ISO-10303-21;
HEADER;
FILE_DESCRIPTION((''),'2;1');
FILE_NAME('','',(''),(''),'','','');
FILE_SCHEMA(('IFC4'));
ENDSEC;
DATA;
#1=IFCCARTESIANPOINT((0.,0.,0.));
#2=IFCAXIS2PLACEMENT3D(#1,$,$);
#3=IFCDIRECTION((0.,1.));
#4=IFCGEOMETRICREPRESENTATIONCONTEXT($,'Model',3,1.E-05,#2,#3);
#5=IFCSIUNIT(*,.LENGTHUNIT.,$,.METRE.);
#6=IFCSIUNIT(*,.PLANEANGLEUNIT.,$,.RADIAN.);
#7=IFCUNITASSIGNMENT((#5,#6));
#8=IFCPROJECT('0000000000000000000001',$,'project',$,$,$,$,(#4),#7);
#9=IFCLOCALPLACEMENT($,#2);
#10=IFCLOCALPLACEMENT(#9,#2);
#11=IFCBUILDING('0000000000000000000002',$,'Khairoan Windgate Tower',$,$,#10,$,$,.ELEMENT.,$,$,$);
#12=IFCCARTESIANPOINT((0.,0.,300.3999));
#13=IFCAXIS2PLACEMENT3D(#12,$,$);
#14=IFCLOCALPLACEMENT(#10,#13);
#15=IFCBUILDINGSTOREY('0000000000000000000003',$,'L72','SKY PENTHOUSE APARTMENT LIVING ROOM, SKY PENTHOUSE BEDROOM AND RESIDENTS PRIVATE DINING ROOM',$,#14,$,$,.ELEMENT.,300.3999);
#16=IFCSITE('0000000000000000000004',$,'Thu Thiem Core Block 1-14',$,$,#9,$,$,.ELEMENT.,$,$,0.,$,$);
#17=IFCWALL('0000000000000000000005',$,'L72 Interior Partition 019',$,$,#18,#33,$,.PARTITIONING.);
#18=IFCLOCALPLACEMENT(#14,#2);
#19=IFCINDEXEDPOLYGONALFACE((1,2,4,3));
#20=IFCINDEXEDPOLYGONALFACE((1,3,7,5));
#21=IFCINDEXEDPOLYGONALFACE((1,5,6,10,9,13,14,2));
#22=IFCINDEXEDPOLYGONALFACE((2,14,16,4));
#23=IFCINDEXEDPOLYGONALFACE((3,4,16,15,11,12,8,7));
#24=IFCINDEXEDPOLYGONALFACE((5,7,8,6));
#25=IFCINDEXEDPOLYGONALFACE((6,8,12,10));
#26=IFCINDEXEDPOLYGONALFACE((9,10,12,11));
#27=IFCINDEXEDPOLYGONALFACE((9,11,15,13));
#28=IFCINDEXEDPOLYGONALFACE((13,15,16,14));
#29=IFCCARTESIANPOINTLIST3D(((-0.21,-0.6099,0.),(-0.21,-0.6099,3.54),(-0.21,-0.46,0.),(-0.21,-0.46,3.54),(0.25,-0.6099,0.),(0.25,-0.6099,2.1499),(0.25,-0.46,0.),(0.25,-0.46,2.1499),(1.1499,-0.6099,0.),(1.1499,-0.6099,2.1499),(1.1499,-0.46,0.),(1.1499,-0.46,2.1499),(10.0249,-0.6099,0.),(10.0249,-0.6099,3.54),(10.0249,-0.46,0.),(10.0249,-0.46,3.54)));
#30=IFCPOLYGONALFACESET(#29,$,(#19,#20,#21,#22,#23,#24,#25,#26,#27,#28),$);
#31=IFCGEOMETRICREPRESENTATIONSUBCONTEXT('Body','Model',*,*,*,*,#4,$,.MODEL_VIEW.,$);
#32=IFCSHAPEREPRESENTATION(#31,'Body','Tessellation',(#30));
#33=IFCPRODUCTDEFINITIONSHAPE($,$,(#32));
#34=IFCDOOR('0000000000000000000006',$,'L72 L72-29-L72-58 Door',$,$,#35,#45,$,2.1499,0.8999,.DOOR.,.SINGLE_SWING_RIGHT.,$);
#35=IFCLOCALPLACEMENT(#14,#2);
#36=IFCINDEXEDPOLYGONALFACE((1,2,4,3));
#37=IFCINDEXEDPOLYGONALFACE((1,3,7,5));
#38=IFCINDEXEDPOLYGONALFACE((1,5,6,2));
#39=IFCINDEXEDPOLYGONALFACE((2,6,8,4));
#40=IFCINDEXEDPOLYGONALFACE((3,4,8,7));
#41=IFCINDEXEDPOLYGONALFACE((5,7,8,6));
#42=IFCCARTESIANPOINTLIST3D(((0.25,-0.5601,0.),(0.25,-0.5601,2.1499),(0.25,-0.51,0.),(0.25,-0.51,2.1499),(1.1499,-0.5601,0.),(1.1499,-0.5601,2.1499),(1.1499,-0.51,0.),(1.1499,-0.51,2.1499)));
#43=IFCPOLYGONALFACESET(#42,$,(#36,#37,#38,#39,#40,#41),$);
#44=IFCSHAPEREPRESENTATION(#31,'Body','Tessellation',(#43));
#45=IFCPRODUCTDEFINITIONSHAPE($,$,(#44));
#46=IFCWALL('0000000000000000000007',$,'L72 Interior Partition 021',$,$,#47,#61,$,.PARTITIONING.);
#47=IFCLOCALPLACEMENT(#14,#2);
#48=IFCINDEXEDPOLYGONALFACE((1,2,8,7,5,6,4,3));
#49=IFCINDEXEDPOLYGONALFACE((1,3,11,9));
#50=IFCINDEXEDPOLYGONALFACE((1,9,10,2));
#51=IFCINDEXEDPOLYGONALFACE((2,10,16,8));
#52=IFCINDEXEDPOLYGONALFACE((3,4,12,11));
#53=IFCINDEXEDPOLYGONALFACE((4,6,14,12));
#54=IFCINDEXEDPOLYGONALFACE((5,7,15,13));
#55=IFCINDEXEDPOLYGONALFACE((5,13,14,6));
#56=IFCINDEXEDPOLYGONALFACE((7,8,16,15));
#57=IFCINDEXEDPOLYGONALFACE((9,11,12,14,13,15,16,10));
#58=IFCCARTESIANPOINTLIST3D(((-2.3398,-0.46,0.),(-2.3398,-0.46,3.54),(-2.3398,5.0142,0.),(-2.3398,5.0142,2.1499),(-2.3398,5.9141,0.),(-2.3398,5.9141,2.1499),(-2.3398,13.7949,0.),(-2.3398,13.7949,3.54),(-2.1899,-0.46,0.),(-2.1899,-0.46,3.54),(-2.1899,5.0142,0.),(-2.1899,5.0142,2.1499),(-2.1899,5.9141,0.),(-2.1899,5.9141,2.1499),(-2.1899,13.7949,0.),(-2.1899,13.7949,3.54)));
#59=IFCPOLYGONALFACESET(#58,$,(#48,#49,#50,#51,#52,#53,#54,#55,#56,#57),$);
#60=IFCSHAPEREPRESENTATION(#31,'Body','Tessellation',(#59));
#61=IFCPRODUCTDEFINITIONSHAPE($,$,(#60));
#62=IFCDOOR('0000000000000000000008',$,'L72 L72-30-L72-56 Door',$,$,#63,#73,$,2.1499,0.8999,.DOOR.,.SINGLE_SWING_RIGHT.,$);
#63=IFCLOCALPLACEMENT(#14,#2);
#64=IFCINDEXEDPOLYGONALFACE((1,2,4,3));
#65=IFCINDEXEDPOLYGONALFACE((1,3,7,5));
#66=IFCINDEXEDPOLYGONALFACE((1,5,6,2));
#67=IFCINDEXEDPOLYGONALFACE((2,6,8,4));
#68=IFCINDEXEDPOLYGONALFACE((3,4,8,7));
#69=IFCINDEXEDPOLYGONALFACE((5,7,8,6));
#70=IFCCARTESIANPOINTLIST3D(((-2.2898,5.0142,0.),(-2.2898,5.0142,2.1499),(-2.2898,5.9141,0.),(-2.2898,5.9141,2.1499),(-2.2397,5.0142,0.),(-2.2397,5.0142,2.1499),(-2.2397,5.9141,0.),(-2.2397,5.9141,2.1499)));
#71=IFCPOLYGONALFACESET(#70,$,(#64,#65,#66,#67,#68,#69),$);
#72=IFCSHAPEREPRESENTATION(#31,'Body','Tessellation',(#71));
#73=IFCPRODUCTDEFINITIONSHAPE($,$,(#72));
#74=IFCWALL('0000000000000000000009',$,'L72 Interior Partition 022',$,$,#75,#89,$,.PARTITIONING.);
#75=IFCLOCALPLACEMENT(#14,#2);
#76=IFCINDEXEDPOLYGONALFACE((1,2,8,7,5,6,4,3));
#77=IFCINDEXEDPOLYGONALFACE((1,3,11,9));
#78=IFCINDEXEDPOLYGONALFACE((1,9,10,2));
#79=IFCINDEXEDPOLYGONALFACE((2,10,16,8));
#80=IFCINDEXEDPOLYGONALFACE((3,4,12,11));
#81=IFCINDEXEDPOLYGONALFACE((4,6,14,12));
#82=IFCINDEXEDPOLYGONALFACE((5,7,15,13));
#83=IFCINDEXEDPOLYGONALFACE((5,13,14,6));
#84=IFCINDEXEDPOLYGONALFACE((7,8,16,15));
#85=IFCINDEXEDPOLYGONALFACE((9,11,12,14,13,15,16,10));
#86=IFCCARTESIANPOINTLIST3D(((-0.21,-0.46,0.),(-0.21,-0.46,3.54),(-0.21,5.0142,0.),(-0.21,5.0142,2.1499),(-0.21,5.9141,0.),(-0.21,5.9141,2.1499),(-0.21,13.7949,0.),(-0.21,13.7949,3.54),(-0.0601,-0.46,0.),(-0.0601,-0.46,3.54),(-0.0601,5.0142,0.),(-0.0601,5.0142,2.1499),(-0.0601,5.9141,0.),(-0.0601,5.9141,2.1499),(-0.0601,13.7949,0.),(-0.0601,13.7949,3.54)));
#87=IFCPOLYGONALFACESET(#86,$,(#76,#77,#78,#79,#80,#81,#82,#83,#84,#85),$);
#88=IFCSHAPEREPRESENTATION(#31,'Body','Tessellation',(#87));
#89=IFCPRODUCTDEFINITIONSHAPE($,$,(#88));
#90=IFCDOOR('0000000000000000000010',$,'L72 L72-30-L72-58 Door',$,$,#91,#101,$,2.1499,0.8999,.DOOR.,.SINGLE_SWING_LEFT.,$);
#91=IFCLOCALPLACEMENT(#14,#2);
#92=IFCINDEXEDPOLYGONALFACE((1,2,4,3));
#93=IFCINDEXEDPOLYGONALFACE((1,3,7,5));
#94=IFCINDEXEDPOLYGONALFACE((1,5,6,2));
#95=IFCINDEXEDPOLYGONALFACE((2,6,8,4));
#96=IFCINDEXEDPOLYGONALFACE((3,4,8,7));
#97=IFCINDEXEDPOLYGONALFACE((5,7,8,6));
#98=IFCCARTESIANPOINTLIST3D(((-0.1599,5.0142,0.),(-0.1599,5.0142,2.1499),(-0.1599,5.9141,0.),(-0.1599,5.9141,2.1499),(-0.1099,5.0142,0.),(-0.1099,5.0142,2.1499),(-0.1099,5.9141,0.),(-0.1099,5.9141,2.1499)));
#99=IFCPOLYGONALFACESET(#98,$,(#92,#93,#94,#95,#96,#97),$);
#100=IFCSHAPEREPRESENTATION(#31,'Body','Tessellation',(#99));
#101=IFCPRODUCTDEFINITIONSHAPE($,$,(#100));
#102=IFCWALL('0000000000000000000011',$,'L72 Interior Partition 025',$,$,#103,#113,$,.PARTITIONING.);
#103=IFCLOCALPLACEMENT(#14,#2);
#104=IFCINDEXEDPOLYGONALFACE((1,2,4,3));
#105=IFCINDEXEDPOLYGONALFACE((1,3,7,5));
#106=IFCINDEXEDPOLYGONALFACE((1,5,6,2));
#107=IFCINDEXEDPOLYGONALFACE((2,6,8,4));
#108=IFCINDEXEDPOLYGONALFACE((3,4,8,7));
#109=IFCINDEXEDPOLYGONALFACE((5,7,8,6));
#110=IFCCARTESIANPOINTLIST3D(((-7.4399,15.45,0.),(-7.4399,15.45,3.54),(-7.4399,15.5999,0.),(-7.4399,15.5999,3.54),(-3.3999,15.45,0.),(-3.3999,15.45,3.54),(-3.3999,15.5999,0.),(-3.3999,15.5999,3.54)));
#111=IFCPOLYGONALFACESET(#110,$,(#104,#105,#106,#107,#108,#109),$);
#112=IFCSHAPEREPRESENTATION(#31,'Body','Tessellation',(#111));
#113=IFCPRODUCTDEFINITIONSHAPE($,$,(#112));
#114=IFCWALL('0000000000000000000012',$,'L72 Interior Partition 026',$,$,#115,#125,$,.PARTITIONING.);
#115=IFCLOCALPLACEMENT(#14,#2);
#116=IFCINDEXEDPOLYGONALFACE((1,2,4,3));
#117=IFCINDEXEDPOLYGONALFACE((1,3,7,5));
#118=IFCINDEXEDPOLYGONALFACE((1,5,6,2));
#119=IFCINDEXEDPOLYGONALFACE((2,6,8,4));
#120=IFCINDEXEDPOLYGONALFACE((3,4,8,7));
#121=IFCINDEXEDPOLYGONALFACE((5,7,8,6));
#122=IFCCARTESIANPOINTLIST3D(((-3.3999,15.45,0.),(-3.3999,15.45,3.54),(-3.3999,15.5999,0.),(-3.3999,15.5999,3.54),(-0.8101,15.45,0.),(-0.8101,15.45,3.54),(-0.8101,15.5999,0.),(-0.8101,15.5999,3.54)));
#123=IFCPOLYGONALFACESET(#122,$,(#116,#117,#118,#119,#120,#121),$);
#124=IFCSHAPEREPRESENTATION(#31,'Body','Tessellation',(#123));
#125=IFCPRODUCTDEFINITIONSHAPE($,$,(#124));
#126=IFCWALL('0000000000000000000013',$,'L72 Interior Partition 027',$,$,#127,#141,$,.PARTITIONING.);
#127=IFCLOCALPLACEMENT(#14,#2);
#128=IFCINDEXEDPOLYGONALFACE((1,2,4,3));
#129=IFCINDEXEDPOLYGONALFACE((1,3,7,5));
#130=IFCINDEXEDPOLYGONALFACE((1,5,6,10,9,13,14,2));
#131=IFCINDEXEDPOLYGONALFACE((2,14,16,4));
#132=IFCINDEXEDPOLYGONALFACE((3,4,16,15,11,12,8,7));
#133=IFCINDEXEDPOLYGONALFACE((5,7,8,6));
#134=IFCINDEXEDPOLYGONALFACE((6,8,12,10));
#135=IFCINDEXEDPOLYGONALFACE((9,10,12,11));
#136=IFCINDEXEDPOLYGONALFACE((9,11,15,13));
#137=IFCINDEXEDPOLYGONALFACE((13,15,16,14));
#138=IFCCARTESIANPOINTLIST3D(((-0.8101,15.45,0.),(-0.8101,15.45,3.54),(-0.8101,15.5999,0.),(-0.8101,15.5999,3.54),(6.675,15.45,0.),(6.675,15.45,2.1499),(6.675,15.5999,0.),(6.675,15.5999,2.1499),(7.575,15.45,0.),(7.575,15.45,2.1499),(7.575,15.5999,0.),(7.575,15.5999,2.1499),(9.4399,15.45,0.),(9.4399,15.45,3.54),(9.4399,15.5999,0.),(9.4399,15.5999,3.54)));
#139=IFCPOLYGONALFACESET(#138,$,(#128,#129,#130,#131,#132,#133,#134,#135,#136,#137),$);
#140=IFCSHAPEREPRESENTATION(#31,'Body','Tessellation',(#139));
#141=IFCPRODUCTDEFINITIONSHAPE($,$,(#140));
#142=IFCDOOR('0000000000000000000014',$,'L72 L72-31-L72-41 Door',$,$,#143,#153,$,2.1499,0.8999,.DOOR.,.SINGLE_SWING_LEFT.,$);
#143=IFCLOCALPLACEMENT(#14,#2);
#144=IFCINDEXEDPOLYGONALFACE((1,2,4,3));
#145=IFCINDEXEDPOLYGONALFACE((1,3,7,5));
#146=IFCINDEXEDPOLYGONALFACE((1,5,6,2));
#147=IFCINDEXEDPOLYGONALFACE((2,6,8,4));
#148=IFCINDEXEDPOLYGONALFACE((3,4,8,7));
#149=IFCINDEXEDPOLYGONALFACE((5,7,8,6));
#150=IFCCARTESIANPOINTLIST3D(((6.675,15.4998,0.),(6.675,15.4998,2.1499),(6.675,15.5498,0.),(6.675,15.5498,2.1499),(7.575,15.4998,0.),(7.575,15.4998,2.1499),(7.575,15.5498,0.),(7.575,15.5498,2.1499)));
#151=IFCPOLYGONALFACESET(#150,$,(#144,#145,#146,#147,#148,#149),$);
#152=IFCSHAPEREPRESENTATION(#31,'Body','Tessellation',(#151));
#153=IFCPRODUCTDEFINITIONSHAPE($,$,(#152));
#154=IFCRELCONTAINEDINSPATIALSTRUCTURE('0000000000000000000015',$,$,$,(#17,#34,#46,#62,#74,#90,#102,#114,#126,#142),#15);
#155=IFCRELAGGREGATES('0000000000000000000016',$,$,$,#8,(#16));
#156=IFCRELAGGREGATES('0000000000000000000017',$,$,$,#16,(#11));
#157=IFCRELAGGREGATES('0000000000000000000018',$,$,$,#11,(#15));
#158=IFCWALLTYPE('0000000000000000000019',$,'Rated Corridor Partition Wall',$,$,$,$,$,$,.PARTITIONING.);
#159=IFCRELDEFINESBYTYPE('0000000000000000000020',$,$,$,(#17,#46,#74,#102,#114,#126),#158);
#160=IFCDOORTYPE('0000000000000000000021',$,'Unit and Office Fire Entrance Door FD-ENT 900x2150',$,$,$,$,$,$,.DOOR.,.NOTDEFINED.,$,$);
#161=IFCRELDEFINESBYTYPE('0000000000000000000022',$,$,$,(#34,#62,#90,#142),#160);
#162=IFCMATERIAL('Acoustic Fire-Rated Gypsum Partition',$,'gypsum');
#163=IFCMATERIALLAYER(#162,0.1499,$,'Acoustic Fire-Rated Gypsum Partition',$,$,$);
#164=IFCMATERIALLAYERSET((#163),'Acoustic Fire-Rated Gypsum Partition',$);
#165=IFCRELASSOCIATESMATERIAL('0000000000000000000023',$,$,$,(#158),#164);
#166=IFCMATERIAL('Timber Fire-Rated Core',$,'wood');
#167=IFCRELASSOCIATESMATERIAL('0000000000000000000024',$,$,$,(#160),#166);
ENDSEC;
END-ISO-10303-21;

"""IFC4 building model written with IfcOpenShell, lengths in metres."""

from ifc_helpers import new_model, si_unit, direction, frame, frame_2d, origin, place, context, subcontext, project, spatial, rectangle, extrude, material, layer, layer_set, type_object, element, fill, save


model = new_model("IFC4")

# Units and contexts
model_context = context("Model", 3, precision=1e-05, world=origin(), true_north=direction((0.0, 1.0)))
body_context = subcontext(model_context, "Body", "Model", "MODEL_VIEW")
ifc_project = project(units=[si_unit("LENGTHUNIT", "METRE"), si_unit("PLANEANGLEUNIT", "RADIAN")], contexts=[model_context])

# Site, building, storey
site_placement = place(None, origin())
site = spatial("IfcSite", under=ifc_project, at=site_placement, Name="Thu Thiem Core Block 1-14", CompositionType="ELEMENT", RefElevation=0.0)
building_placement = place(site_placement, origin())
building = spatial("IfcBuilding", under=site, at=building_placement, Name="Khairoan Windgate Tower", CompositionType="ELEMENT")
storey_placement = place(building_placement, frame((0.0, 0.0, 300.3999)))
storey = spatial("IfcBuildingStorey", under=building, at=storey_placement, Name="L72", Description="SKY PENTHOUSE APARTMENT LIVING ROOM, SKY PENTHOUSE BEDROOM AND RESIDENTS PRIVATE DINING ROOM", CompositionType="ELEMENT", Elevation=300.3999)

# Walls, openings, doors
ifc_material_1 = material(Name="Acoustic Fire-Rated Gypsum Partition", Category="gypsum")
ifc_layer_1 = layer(ifc_material_1, 0.1499, Name="Acoustic Fire-Rated Gypsum Partition")
ifc_layer_set_1 = layer_set([ifc_layer_1], Name="Acoustic Fire-Rated Gypsum Partition")
wall_type_1 = type_object("IfcWallType", Name="Rated Corridor Partition Wall", PredefinedType="PARTITIONING", material=ifc_layer_set_1)
wall_1_placement = place(storey_placement, frame((-0.21, -0.5349, 0.0), z_axis=(0.0, 0.0, 1.0), x_axis=(1.0, 0.0, 0.0)))
wall_1 = element("IfcWall", 1, at=wall_1_placement, inside=storey, type_object=wall_type_1, Name="L72 Interior Partition 019", PredefinedType="PARTITIONING", context=body_context, shape_type="SweptSolid", body=[
    extrude(rectangle(XDim=10.2349, YDim=0.1499, at=frame_2d((5.1174, 0.0))), origin(), (0.0, 0.0, 1.0), 3.54),
])
opening_1_placement = place(wall_1_placement, frame((0.46, 0.0, 0.0)))
opening_1 = element("IfcOpeningElement", 2, at=opening_1_placement, cuts=wall_1, PredefinedType="OPENING", context=body_context, shape_type="SweptSolid", body=[
    extrude(rectangle(XDim=0.8999, YDim=2.1499, at=frame_2d((0.45, 1.075))), frame((0.0, 0.085, 0.0), z_axis=(0.0, -1.0, 0.0), x_axis=(1.0, 0.0, 0.0)), (0.0, 0.0, 1.0), 0.1699),
])
ifc_material_2 = material(Name="Timber Fire-Rated Core", Category="wood")
door_type_1 = type_object("IfcDoorType", Name="Unit and Office Fire Entrance Door FD-ENT 900x2150", OperationType="NOTDEFINED", PredefinedType="DOOR", material=ifc_material_2)
door_1_placement = place(opening_1_placement, origin())
door_1 = element("IfcDoor", 3, at=door_1_placement, inside=storey, type_object=door_type_1, Name="L72 L72-29-L72-58 Door", OperationType="SINGLE_SWING_RIGHT", OverallHeight=2.1499, OverallWidth=0.8999, PredefinedType="DOOR", context=body_context, shape_type="SweptSolid", body=[
    extrude(rectangle(XDim=0.8999, YDim=2.1499, at=frame_2d((0.45, 1.075))), frame((0.0, 0.0249, 0.0), z_axis=(0.0, -1.0, 0.0), x_axis=(1.0, 0.0, 0.0)), (0.0, 0.0, 1.0), 0.05),
])
fill(opening_1, door_1)
wall_2_placement = place(storey_placement, frame((-2.2649, -0.46, 0.0), z_axis=(0.0, 0.0, 1.0), x_axis=(0.0, 1.0, 0.0)))
wall_2 = element("IfcWall", 4, at=wall_2_placement, inside=storey, type_object=wall_type_1, Name="L72 Interior Partition 021", PredefinedType="PARTITIONING", context=body_context, shape_type="SweptSolid", body=[
    extrude(rectangle(XDim=14.2549, YDim=0.1499, at=frame_2d((7.1274, 0.0))), origin(), (0.0, 0.0, 1.0), 3.54),
])
opening_2_placement = place(wall_2_placement, frame((5.4741, 0.0, 0.0)))
opening_2 = element("IfcOpeningElement", 5, at=opening_2_placement, cuts=wall_2, PredefinedType="OPENING", context=body_context, shape_type="SweptSolid", body=[
    extrude(rectangle(XDim=0.8999, YDim=2.1499, at=frame_2d((0.45, 1.075))), frame((0.0, 0.085, 0.0), z_axis=(0.0, -1.0, 0.0), x_axis=(1.0, 0.0, 0.0)), (0.0, 0.0, 1.0), 0.1699),
])
door_2_placement = place(opening_2_placement, origin())
door_2 = element("IfcDoor", 6, at=door_2_placement, inside=storey, type_object=door_type_1, Name="L72 L72-30-L72-56 Door", OperationType="SINGLE_SWING_RIGHT", OverallHeight=2.1499, OverallWidth=0.8999, PredefinedType="DOOR", context=body_context, shape_type="SweptSolid", body=[
    extrude(rectangle(XDim=0.8999, YDim=2.1499, at=frame_2d((0.45, 1.075))), frame((0.0, 0.0249, 0.0), z_axis=(0.0, -1.0, 0.0), x_axis=(1.0, 0.0, 0.0)), (0.0, 0.0, 1.0), 0.05),
])
fill(opening_2, door_2)
wall_3_placement = place(storey_placement, frame((-0.135, -0.46, 0.0), z_axis=(0.0, 0.0, 1.0), x_axis=(0.0, 1.0, 0.0)))
wall_3 = element("IfcWall", 7, at=wall_3_placement, inside=storey, type_object=wall_type_1, Name="L72 Interior Partition 022", PredefinedType="PARTITIONING", context=body_context, shape_type="SweptSolid", body=[
    extrude(rectangle(XDim=14.2549, YDim=0.1499, at=frame_2d((7.1274, 0.0))), origin(), (0.0, 0.0, 1.0), 3.54),
])
opening_3_placement = place(wall_3_placement, frame((5.4741, 0.0, 0.0)))
opening_3 = element("IfcOpeningElement", 8, at=opening_3_placement, cuts=wall_3, PredefinedType="OPENING", context=body_context, shape_type="SweptSolid", body=[
    extrude(rectangle(XDim=0.8999, YDim=2.1499, at=frame_2d((0.45, 1.075))), frame((0.0, 0.085, 0.0), z_axis=(0.0, -1.0, 0.0), x_axis=(1.0, 0.0, 0.0)), (0.0, 0.0, 1.0), 0.1699),
])
door_3_placement = place(opening_3_placement, origin())
door_3 = element("IfcDoor", 9, at=door_3_placement, inside=storey, type_object=door_type_1, Name="L72 L72-30-L72-58 Door", OperationType="SINGLE_SWING_LEFT", OverallHeight=2.1499, OverallWidth=0.8999, PredefinedType="DOOR", context=body_context, shape_type="SweptSolid", body=[
    extrude(rectangle(XDim=0.8999, YDim=2.1499, at=frame_2d((0.45, 1.075))), frame((0.0, 0.0249, 0.0), z_axis=(0.0, -1.0, 0.0), x_axis=(1.0, 0.0, 0.0)), (0.0, 0.0, 1.0), 0.05),
])
fill(opening_3, door_3)

# Walls
wall_4_placement = place(storey_placement, frame((-7.4399, 15.5249, 0.0), z_axis=(0.0, 0.0, 1.0), x_axis=(1.0, 0.0, 0.0)))
element("IfcWall", 10, at=wall_4_placement, inside=storey, type_object=wall_type_1, Name="L72 Interior Partition 025", PredefinedType="PARTITIONING", context=body_context, shape_type="SweptSolid", body=[
    extrude(rectangle(XDim=4.04, YDim=0.1499, at=frame_2d((2.02, 0.0))), origin(), (0.0, 0.0, 1.0), 3.54),
])
wall_5_placement = place(storey_placement, frame((-3.3999, 15.5249, 0.0), z_axis=(0.0, 0.0, 1.0), x_axis=(1.0, 0.0, 0.0)))
element("IfcWall", 11, at=wall_5_placement, inside=storey, type_object=wall_type_1, Name="L72 Interior Partition 026", PredefinedType="PARTITIONING", context=body_context, shape_type="SweptSolid", body=[
    extrude(rectangle(XDim=2.5898, YDim=0.1499, at=frame_2d((1.2949, 0.0))), origin(), (0.0, 0.0, 1.0), 3.54),
])

# Wall, opening, door
wall_6_placement = place(storey_placement, frame((-0.8101, 15.5249, 0.0), z_axis=(0.0, 0.0, 1.0), x_axis=(1.0, 0.0, 0.0)))
wall_6 = element("IfcWall", 12, at=wall_6_placement, inside=storey, type_object=wall_type_1, Name="L72 Interior Partition 027", PredefinedType="PARTITIONING", context=body_context, shape_type="SweptSolid", body=[
    extrude(rectangle(XDim=10.25, YDim=0.1499, at=frame_2d((5.125, 0.0))), origin(), (0.0, 0.0, 1.0), 3.54),
])
opening_4_placement = place(wall_6_placement, frame((7.4851, 0.0, 0.0)))
opening_4 = element("IfcOpeningElement", 13, at=opening_4_placement, cuts=wall_6, PredefinedType="OPENING", context=body_context, shape_type="SweptSolid", body=[
    extrude(rectangle(XDim=0.8999, YDim=2.1499, at=frame_2d((0.45, 1.075))), frame((0.0, 0.085, 0.0), z_axis=(0.0, -1.0, 0.0), x_axis=(1.0, 0.0, 0.0)), (0.0, 0.0, 1.0), 0.1699),
])
door_4_placement = place(opening_4_placement, origin())
door_4 = element("IfcDoor", 14, at=door_4_placement, inside=storey, type_object=door_type_1, Name="L72 L72-31-L72-41 Door", OperationType="SINGLE_SWING_LEFT", OverallHeight=2.1499, OverallWidth=0.8999, PredefinedType="DOOR", context=body_context, shape_type="SweptSolid", body=[
    extrude(rectangle(XDim=0.8999, YDim=2.1499, at=frame_2d((0.45, 1.075))), frame((0.0, 0.0249, 0.0), z_axis=(0.0, -1.0, 0.0), x_axis=(1.0, 0.0, 0.0)), (0.0, 0.0, 1.0), 0.05),
])
fill(opening_4, door_4)

save(model, "model.ifc")
